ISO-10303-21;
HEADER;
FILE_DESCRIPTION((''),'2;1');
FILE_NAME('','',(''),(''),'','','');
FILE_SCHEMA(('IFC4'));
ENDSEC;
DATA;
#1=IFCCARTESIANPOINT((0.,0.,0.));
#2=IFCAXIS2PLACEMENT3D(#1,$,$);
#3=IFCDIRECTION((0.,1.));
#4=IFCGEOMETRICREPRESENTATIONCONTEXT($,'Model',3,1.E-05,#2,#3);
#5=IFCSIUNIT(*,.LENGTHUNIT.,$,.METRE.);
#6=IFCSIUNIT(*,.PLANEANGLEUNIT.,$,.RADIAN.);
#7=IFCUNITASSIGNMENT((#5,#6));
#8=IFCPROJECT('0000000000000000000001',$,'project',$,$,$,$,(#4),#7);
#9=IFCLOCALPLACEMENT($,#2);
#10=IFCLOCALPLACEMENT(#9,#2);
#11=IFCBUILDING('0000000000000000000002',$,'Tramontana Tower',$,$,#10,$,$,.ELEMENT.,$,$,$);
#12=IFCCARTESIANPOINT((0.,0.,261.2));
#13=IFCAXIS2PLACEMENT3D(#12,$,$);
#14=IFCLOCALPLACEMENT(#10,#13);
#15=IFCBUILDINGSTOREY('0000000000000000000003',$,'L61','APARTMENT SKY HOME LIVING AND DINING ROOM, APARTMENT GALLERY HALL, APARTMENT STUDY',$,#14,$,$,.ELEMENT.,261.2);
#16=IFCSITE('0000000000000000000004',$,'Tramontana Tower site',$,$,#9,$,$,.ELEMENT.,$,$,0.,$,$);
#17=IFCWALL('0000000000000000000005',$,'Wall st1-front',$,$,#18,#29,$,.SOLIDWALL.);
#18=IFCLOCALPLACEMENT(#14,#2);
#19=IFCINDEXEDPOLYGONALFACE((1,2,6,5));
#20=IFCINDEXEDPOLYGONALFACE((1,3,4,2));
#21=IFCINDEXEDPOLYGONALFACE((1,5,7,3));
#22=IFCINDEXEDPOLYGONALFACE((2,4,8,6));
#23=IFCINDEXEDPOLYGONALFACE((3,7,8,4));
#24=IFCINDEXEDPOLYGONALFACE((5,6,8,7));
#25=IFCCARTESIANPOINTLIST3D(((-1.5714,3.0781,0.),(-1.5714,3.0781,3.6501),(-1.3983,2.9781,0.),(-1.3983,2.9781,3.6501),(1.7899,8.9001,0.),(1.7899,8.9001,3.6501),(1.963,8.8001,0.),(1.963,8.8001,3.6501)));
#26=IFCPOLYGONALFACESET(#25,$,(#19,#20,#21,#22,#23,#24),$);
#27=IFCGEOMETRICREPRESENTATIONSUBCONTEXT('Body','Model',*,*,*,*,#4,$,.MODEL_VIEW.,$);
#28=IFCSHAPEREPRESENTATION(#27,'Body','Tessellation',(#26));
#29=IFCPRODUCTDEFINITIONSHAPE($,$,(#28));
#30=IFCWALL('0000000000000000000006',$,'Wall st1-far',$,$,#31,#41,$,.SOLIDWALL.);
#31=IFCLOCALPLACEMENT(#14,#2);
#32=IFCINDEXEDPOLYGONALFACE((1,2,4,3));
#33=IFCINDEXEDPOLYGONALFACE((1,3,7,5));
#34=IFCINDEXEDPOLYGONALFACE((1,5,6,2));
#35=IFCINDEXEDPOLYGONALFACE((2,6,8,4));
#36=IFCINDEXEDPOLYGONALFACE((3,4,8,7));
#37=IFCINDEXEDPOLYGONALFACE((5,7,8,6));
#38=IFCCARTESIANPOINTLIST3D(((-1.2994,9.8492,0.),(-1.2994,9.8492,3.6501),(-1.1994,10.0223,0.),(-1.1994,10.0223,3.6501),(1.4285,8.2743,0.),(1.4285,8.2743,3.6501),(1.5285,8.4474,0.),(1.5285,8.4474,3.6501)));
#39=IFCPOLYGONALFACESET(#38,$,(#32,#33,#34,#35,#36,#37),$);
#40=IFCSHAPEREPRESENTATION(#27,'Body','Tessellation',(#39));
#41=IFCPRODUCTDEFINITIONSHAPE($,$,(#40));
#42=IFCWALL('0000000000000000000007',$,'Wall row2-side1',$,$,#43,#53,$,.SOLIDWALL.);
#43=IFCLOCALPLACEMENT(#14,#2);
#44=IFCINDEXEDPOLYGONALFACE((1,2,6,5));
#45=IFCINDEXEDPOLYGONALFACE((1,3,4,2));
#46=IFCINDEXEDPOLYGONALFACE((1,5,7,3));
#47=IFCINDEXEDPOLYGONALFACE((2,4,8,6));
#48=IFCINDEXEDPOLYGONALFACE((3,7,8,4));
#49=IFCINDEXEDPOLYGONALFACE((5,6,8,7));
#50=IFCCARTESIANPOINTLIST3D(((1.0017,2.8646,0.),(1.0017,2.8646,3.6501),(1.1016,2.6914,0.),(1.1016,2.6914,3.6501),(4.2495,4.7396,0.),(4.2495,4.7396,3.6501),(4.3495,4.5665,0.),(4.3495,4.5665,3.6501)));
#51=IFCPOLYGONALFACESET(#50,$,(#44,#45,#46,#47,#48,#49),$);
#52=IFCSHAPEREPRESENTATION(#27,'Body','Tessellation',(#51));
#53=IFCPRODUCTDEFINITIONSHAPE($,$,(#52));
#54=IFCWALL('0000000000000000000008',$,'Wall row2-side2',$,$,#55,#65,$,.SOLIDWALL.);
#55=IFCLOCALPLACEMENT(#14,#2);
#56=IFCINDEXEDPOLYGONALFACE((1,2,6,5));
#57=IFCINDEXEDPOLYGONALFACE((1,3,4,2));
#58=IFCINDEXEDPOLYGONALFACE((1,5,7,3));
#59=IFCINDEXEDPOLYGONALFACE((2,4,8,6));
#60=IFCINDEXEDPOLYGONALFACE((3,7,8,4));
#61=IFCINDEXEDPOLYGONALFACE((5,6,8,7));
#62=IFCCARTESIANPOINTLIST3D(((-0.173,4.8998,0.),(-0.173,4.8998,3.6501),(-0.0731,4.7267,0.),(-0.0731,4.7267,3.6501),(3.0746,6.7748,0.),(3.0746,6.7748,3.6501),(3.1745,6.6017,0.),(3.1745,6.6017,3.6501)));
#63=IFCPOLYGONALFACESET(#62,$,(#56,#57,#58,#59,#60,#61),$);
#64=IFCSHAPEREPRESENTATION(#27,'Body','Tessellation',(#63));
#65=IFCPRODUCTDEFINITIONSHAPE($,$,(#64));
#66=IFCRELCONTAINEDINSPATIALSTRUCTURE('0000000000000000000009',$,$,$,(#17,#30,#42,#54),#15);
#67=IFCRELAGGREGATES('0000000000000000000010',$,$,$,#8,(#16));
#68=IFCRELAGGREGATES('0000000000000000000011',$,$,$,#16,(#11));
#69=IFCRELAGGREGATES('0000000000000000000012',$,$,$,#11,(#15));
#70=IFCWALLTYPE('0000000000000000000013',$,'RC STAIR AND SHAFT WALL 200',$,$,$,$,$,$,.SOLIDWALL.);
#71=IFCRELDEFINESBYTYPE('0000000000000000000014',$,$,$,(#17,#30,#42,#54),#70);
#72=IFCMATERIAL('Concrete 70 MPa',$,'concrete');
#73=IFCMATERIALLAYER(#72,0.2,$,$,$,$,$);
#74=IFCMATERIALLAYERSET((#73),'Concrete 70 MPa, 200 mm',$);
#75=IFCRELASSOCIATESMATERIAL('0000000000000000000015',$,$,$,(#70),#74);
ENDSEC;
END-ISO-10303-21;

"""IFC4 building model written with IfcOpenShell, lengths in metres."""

from ifc_helpers import new_model, si_unit, direction, frame, frame_2d, origin, place, context, subcontext, project, spatial, rectangle, extrude, material, layer, layer_set, type_object, element, save


model = new_model("IFC4")

# Units and contexts
model_context = context("Model", 3, precision=1e-05, world=origin(), true_north=direction((0.0, 1.0)))
body_context = subcontext(model_context, "Body", "Model", "MODEL_VIEW")
ifc_project = project(units=[si_unit("LENGTHUNIT", "METRE"), si_unit("PLANEANGLEUNIT", "RADIAN")], contexts=[model_context])

# Site, building, storey
site_placement = place(None, origin())
site = spatial("IfcSite", under=ifc_project, at=site_placement, Name="Tramontana Tower site", CompositionType="ELEMENT", RefElevation=0.0)
building_placement = place(site_placement, origin())
building = spatial("IfcBuilding", under=site, at=building_placement, Name="Tramontana Tower", CompositionType="ELEMENT")
storey_placement = place(building_placement, frame((0.0, 0.0, 261.2)))
storey = spatial("IfcBuildingStorey", under=building, at=storey_placement, Name="L61", Description="APARTMENT SKY HOME LIVING AND DINING ROOM, APARTMENT GALLERY HALL, APARTMENT STUDY", CompositionType="ELEMENT", Elevation=261.2)

# Walls
ifc_material_1 = material(Name="Concrete 70 MPa", Category="concrete")
ifc_layer_1 = layer(ifc_material_1, 0.2)
ifc_layer_set_1 = layer_set([ifc_layer_1], Name="Concrete 70 MPa, 200 mm")
wall_type_1 = type_object("IfcWallType", Name="RC STAIR AND SHAFT WALL 200", PredefinedType="SOLIDWALL", material=ifc_layer_set_1)
wall_1_placement = place(storey_placement, frame((1.8765, 8.8501, 0.0), z_axis=(0.0, 0.0, 1.0), x_axis=(-0.499998, -0.866027, 0.0)))
element("IfcWall", 1, at=wall_1_placement, inside=storey, type_object=wall_type_1, Name="Wall st1-front", PredefinedType="SOLIDWALL", context=body_context, shape_type="SweptSolid", body=[
    extrude(rectangle(XDim=6.7227, YDim=0.2, at=frame_2d((3.3613, 0.0))), origin(), (0.0, 0.0, 1.0), 3.6501),
])
wall_2_placement = place(storey_placement, frame((1.4785, 8.3608, 0.0), z_axis=(0.0, 0.0, 1.0), x_axis=(-0.866036, 0.499982, 0.0)))
element("IfcWall", 2, at=wall_2_placement, inside=storey, type_object=wall_type_1, Name="Wall st1-far", PredefinedType="SOLIDWALL", context=body_context, shape_type="SweptSolid", body=[
    extrude(rectangle(XDim=3.1499, YDim=0.2, at=frame_2d((1.575, 0.0))), origin(), (0.0, 0.0, 1.0), 3.6501),
])
wall_3_placement = place(storey_placement, frame((1.0518, 2.7781, 0.0), z_axis=(0.0, 0.0, 1.0), x_axis=(0.866039, 0.499976, 0.0)))
element("IfcWall", 3, at=wall_3_placement, inside=storey, type_object=wall_type_1, Name="Wall row2-side1", PredefinedType="SOLIDWALL", context=body_context, shape_type="SweptSolid", body=[
    extrude(rectangle(XDim=3.7502, YDim=0.2, at=frame_2d((1.875, 0.0))), origin(), (0.0, 0.0, 1.0), 3.6501),
])
wall_4_placement = place(storey_placement, frame((-0.123, 4.8132, 0.0), z_axis=(0.0, 0.0, 1.0), x_axis=(0.866023, 0.500004, 0.0)))
element("IfcWall", 4, at=wall_4_placement, inside=storey, type_object=wall_type_1, Name="Wall row2-side2", PredefinedType="SOLIDWALL", context=body_context, shape_type="SweptSolid", body=[
    extrude(rectangle(XDim=3.75, YDim=0.2, at=frame_2d((1.875, 0.0))), origin(), (0.0, 0.0, 1.0), 3.6501),
])

save(model, "model.ifc")
